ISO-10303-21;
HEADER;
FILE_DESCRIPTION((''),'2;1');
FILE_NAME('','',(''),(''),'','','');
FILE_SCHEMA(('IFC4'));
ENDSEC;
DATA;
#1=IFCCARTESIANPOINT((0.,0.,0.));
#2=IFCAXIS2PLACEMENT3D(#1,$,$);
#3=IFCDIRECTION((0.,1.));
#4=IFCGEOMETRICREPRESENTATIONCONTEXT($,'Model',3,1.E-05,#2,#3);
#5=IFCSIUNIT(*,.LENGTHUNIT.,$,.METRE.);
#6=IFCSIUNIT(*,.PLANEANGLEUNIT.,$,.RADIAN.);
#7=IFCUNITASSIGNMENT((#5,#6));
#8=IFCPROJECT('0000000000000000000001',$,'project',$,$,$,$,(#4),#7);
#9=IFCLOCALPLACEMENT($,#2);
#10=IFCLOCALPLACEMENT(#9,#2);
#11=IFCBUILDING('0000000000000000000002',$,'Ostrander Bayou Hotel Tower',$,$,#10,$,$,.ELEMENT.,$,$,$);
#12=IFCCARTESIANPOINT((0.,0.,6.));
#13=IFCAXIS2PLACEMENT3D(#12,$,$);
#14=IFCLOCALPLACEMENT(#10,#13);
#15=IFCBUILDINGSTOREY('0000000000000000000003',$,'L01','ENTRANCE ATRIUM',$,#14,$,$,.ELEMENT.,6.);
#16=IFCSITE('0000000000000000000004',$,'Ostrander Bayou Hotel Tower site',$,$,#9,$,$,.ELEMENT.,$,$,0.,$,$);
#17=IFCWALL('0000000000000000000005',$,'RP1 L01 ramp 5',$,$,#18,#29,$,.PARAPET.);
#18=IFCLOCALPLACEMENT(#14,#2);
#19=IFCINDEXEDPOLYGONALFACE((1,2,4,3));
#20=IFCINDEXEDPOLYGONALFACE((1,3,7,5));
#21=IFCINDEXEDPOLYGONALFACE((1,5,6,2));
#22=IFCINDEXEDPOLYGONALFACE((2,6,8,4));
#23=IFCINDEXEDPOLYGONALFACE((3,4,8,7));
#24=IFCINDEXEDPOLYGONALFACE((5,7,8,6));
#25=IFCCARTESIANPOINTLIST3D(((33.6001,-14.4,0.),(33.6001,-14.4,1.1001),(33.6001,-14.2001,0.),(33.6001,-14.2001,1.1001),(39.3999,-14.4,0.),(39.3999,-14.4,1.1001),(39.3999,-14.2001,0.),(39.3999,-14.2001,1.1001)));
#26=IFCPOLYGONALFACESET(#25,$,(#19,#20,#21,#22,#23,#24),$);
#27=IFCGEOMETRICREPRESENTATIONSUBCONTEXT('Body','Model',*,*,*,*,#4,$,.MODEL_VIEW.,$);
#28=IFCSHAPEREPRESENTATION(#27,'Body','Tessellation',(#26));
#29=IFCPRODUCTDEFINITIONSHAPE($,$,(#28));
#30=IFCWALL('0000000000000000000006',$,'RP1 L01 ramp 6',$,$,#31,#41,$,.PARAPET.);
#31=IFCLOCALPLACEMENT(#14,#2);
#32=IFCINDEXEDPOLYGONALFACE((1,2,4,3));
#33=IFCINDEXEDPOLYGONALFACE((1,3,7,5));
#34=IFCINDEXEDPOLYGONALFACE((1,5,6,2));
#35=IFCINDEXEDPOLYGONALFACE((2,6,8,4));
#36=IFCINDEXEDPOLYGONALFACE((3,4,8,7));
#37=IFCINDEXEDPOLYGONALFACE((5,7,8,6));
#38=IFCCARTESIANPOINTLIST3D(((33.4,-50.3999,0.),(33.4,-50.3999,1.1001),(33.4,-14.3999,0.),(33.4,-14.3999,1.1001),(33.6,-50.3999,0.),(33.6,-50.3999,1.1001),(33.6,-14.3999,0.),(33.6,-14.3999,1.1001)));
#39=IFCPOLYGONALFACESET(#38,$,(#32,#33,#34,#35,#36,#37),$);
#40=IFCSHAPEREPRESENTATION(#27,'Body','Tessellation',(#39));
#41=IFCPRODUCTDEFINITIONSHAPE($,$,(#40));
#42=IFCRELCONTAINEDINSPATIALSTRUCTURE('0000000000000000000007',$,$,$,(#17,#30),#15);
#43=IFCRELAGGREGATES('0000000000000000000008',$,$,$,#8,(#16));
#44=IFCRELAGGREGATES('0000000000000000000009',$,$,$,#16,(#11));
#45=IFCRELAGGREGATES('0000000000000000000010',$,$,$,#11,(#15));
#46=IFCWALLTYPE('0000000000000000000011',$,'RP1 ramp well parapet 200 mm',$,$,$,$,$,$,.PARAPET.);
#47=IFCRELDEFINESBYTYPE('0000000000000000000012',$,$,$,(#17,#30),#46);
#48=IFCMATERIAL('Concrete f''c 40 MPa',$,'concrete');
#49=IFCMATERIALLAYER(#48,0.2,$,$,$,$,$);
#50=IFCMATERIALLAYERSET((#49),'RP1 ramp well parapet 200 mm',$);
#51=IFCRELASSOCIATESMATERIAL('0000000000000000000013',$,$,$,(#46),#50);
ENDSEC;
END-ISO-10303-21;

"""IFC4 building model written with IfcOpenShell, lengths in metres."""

from ifc_helpers import new_model, si_unit, direction, frame, frame_2d, origin, place, context, subcontext, project, spatial, rectangle, extrude, material, layer, layer_set, type_object, element, save


model = new_model("IFC4")

# Units and contexts
model_context = context("Model", 3, precision=1e-05, world=origin(), true_north=direction((0.0, 1.0)))
body_context = subcontext(model_context, "Body", "Model", "MODEL_VIEW")
ifc_project = project(units=[si_unit("LENGTHUNIT", "METRE"), si_unit("PLANEANGLEUNIT", "RADIAN")], contexts=[model_context])

# Site, building, storey
site_placement = place(None, origin())
site = spatial("IfcSite", under=ifc_project, at=site_placement, Name="Ostrander Bayou Hotel Tower site", CompositionType="ELEMENT", RefElevation=0.0)
building_placement = place(site_placement, origin())
building = spatial("IfcBuilding", under=site, at=building_placement, Name="Ostrander Bayou Hotel Tower", CompositionType="ELEMENT")
storey_placement = place(building_placement, frame((0.0, 0.0, 6.0)))
storey = spatial("IfcBuildingStorey", under=building, at=storey_placement, Name="L01", Description="ENTRANCE ATRIUM", CompositionType="ELEMENT", Elevation=6.0)

# Walls
ifc_material_1 = material(Name="Concrete f'c 40 MPa", Category="concrete")
ifc_layer_1 = layer(ifc_material_1, 0.2)
ifc_layer_set_1 = layer_set([ifc_layer_1], Name="RP1 ramp well parapet 200 mm")
wall_type_1 = type_object("IfcWallType", Name="RP1 ramp well parapet 200 mm", PredefinedType="PARAPET", material=ifc_layer_set_1)
wall_1_placement = place(storey_placement, frame((39.3999, -14.3, 0.0), z_axis=(0.0, 0.0, 1.0), x_axis=(-1.0, 0.0, 0.0)))
element("IfcWall", 1, at=wall_1_placement, inside=storey, type_object=wall_type_1, Name="RP1 L01 ramp 5", PredefinedType="PARAPET", context=body_context, shape_type="SweptSolid", body=[
    extrude(rectangle(XDim=5.7998, YDim=0.2, at=frame_2d((2.8999, 0.0))), origin(), (0.0, 0.0, 1.0), 1.1001),
])
wall_2_placement = place(storey_placement, frame((33.5, -14.3999, 0.0), z_axis=(0.0, 0.0, 1.0), x_axis=(0.0, -1.0, 0.0)))
element("IfcWall", 2, at=wall_2_placement, inside=storey, type_object=wall_type_1, Name="RP1 L01 ramp 6", PredefinedType="PARAPET", context=body_context, shape_type="SweptSolid", body=[
    extrude(rectangle(XDim=36.0, YDim=0.2, at=frame_2d((18.0, 0.0))), origin(), (0.0, 0.0, 1.0), 1.1001),
])

save(model, "model.ifc")
